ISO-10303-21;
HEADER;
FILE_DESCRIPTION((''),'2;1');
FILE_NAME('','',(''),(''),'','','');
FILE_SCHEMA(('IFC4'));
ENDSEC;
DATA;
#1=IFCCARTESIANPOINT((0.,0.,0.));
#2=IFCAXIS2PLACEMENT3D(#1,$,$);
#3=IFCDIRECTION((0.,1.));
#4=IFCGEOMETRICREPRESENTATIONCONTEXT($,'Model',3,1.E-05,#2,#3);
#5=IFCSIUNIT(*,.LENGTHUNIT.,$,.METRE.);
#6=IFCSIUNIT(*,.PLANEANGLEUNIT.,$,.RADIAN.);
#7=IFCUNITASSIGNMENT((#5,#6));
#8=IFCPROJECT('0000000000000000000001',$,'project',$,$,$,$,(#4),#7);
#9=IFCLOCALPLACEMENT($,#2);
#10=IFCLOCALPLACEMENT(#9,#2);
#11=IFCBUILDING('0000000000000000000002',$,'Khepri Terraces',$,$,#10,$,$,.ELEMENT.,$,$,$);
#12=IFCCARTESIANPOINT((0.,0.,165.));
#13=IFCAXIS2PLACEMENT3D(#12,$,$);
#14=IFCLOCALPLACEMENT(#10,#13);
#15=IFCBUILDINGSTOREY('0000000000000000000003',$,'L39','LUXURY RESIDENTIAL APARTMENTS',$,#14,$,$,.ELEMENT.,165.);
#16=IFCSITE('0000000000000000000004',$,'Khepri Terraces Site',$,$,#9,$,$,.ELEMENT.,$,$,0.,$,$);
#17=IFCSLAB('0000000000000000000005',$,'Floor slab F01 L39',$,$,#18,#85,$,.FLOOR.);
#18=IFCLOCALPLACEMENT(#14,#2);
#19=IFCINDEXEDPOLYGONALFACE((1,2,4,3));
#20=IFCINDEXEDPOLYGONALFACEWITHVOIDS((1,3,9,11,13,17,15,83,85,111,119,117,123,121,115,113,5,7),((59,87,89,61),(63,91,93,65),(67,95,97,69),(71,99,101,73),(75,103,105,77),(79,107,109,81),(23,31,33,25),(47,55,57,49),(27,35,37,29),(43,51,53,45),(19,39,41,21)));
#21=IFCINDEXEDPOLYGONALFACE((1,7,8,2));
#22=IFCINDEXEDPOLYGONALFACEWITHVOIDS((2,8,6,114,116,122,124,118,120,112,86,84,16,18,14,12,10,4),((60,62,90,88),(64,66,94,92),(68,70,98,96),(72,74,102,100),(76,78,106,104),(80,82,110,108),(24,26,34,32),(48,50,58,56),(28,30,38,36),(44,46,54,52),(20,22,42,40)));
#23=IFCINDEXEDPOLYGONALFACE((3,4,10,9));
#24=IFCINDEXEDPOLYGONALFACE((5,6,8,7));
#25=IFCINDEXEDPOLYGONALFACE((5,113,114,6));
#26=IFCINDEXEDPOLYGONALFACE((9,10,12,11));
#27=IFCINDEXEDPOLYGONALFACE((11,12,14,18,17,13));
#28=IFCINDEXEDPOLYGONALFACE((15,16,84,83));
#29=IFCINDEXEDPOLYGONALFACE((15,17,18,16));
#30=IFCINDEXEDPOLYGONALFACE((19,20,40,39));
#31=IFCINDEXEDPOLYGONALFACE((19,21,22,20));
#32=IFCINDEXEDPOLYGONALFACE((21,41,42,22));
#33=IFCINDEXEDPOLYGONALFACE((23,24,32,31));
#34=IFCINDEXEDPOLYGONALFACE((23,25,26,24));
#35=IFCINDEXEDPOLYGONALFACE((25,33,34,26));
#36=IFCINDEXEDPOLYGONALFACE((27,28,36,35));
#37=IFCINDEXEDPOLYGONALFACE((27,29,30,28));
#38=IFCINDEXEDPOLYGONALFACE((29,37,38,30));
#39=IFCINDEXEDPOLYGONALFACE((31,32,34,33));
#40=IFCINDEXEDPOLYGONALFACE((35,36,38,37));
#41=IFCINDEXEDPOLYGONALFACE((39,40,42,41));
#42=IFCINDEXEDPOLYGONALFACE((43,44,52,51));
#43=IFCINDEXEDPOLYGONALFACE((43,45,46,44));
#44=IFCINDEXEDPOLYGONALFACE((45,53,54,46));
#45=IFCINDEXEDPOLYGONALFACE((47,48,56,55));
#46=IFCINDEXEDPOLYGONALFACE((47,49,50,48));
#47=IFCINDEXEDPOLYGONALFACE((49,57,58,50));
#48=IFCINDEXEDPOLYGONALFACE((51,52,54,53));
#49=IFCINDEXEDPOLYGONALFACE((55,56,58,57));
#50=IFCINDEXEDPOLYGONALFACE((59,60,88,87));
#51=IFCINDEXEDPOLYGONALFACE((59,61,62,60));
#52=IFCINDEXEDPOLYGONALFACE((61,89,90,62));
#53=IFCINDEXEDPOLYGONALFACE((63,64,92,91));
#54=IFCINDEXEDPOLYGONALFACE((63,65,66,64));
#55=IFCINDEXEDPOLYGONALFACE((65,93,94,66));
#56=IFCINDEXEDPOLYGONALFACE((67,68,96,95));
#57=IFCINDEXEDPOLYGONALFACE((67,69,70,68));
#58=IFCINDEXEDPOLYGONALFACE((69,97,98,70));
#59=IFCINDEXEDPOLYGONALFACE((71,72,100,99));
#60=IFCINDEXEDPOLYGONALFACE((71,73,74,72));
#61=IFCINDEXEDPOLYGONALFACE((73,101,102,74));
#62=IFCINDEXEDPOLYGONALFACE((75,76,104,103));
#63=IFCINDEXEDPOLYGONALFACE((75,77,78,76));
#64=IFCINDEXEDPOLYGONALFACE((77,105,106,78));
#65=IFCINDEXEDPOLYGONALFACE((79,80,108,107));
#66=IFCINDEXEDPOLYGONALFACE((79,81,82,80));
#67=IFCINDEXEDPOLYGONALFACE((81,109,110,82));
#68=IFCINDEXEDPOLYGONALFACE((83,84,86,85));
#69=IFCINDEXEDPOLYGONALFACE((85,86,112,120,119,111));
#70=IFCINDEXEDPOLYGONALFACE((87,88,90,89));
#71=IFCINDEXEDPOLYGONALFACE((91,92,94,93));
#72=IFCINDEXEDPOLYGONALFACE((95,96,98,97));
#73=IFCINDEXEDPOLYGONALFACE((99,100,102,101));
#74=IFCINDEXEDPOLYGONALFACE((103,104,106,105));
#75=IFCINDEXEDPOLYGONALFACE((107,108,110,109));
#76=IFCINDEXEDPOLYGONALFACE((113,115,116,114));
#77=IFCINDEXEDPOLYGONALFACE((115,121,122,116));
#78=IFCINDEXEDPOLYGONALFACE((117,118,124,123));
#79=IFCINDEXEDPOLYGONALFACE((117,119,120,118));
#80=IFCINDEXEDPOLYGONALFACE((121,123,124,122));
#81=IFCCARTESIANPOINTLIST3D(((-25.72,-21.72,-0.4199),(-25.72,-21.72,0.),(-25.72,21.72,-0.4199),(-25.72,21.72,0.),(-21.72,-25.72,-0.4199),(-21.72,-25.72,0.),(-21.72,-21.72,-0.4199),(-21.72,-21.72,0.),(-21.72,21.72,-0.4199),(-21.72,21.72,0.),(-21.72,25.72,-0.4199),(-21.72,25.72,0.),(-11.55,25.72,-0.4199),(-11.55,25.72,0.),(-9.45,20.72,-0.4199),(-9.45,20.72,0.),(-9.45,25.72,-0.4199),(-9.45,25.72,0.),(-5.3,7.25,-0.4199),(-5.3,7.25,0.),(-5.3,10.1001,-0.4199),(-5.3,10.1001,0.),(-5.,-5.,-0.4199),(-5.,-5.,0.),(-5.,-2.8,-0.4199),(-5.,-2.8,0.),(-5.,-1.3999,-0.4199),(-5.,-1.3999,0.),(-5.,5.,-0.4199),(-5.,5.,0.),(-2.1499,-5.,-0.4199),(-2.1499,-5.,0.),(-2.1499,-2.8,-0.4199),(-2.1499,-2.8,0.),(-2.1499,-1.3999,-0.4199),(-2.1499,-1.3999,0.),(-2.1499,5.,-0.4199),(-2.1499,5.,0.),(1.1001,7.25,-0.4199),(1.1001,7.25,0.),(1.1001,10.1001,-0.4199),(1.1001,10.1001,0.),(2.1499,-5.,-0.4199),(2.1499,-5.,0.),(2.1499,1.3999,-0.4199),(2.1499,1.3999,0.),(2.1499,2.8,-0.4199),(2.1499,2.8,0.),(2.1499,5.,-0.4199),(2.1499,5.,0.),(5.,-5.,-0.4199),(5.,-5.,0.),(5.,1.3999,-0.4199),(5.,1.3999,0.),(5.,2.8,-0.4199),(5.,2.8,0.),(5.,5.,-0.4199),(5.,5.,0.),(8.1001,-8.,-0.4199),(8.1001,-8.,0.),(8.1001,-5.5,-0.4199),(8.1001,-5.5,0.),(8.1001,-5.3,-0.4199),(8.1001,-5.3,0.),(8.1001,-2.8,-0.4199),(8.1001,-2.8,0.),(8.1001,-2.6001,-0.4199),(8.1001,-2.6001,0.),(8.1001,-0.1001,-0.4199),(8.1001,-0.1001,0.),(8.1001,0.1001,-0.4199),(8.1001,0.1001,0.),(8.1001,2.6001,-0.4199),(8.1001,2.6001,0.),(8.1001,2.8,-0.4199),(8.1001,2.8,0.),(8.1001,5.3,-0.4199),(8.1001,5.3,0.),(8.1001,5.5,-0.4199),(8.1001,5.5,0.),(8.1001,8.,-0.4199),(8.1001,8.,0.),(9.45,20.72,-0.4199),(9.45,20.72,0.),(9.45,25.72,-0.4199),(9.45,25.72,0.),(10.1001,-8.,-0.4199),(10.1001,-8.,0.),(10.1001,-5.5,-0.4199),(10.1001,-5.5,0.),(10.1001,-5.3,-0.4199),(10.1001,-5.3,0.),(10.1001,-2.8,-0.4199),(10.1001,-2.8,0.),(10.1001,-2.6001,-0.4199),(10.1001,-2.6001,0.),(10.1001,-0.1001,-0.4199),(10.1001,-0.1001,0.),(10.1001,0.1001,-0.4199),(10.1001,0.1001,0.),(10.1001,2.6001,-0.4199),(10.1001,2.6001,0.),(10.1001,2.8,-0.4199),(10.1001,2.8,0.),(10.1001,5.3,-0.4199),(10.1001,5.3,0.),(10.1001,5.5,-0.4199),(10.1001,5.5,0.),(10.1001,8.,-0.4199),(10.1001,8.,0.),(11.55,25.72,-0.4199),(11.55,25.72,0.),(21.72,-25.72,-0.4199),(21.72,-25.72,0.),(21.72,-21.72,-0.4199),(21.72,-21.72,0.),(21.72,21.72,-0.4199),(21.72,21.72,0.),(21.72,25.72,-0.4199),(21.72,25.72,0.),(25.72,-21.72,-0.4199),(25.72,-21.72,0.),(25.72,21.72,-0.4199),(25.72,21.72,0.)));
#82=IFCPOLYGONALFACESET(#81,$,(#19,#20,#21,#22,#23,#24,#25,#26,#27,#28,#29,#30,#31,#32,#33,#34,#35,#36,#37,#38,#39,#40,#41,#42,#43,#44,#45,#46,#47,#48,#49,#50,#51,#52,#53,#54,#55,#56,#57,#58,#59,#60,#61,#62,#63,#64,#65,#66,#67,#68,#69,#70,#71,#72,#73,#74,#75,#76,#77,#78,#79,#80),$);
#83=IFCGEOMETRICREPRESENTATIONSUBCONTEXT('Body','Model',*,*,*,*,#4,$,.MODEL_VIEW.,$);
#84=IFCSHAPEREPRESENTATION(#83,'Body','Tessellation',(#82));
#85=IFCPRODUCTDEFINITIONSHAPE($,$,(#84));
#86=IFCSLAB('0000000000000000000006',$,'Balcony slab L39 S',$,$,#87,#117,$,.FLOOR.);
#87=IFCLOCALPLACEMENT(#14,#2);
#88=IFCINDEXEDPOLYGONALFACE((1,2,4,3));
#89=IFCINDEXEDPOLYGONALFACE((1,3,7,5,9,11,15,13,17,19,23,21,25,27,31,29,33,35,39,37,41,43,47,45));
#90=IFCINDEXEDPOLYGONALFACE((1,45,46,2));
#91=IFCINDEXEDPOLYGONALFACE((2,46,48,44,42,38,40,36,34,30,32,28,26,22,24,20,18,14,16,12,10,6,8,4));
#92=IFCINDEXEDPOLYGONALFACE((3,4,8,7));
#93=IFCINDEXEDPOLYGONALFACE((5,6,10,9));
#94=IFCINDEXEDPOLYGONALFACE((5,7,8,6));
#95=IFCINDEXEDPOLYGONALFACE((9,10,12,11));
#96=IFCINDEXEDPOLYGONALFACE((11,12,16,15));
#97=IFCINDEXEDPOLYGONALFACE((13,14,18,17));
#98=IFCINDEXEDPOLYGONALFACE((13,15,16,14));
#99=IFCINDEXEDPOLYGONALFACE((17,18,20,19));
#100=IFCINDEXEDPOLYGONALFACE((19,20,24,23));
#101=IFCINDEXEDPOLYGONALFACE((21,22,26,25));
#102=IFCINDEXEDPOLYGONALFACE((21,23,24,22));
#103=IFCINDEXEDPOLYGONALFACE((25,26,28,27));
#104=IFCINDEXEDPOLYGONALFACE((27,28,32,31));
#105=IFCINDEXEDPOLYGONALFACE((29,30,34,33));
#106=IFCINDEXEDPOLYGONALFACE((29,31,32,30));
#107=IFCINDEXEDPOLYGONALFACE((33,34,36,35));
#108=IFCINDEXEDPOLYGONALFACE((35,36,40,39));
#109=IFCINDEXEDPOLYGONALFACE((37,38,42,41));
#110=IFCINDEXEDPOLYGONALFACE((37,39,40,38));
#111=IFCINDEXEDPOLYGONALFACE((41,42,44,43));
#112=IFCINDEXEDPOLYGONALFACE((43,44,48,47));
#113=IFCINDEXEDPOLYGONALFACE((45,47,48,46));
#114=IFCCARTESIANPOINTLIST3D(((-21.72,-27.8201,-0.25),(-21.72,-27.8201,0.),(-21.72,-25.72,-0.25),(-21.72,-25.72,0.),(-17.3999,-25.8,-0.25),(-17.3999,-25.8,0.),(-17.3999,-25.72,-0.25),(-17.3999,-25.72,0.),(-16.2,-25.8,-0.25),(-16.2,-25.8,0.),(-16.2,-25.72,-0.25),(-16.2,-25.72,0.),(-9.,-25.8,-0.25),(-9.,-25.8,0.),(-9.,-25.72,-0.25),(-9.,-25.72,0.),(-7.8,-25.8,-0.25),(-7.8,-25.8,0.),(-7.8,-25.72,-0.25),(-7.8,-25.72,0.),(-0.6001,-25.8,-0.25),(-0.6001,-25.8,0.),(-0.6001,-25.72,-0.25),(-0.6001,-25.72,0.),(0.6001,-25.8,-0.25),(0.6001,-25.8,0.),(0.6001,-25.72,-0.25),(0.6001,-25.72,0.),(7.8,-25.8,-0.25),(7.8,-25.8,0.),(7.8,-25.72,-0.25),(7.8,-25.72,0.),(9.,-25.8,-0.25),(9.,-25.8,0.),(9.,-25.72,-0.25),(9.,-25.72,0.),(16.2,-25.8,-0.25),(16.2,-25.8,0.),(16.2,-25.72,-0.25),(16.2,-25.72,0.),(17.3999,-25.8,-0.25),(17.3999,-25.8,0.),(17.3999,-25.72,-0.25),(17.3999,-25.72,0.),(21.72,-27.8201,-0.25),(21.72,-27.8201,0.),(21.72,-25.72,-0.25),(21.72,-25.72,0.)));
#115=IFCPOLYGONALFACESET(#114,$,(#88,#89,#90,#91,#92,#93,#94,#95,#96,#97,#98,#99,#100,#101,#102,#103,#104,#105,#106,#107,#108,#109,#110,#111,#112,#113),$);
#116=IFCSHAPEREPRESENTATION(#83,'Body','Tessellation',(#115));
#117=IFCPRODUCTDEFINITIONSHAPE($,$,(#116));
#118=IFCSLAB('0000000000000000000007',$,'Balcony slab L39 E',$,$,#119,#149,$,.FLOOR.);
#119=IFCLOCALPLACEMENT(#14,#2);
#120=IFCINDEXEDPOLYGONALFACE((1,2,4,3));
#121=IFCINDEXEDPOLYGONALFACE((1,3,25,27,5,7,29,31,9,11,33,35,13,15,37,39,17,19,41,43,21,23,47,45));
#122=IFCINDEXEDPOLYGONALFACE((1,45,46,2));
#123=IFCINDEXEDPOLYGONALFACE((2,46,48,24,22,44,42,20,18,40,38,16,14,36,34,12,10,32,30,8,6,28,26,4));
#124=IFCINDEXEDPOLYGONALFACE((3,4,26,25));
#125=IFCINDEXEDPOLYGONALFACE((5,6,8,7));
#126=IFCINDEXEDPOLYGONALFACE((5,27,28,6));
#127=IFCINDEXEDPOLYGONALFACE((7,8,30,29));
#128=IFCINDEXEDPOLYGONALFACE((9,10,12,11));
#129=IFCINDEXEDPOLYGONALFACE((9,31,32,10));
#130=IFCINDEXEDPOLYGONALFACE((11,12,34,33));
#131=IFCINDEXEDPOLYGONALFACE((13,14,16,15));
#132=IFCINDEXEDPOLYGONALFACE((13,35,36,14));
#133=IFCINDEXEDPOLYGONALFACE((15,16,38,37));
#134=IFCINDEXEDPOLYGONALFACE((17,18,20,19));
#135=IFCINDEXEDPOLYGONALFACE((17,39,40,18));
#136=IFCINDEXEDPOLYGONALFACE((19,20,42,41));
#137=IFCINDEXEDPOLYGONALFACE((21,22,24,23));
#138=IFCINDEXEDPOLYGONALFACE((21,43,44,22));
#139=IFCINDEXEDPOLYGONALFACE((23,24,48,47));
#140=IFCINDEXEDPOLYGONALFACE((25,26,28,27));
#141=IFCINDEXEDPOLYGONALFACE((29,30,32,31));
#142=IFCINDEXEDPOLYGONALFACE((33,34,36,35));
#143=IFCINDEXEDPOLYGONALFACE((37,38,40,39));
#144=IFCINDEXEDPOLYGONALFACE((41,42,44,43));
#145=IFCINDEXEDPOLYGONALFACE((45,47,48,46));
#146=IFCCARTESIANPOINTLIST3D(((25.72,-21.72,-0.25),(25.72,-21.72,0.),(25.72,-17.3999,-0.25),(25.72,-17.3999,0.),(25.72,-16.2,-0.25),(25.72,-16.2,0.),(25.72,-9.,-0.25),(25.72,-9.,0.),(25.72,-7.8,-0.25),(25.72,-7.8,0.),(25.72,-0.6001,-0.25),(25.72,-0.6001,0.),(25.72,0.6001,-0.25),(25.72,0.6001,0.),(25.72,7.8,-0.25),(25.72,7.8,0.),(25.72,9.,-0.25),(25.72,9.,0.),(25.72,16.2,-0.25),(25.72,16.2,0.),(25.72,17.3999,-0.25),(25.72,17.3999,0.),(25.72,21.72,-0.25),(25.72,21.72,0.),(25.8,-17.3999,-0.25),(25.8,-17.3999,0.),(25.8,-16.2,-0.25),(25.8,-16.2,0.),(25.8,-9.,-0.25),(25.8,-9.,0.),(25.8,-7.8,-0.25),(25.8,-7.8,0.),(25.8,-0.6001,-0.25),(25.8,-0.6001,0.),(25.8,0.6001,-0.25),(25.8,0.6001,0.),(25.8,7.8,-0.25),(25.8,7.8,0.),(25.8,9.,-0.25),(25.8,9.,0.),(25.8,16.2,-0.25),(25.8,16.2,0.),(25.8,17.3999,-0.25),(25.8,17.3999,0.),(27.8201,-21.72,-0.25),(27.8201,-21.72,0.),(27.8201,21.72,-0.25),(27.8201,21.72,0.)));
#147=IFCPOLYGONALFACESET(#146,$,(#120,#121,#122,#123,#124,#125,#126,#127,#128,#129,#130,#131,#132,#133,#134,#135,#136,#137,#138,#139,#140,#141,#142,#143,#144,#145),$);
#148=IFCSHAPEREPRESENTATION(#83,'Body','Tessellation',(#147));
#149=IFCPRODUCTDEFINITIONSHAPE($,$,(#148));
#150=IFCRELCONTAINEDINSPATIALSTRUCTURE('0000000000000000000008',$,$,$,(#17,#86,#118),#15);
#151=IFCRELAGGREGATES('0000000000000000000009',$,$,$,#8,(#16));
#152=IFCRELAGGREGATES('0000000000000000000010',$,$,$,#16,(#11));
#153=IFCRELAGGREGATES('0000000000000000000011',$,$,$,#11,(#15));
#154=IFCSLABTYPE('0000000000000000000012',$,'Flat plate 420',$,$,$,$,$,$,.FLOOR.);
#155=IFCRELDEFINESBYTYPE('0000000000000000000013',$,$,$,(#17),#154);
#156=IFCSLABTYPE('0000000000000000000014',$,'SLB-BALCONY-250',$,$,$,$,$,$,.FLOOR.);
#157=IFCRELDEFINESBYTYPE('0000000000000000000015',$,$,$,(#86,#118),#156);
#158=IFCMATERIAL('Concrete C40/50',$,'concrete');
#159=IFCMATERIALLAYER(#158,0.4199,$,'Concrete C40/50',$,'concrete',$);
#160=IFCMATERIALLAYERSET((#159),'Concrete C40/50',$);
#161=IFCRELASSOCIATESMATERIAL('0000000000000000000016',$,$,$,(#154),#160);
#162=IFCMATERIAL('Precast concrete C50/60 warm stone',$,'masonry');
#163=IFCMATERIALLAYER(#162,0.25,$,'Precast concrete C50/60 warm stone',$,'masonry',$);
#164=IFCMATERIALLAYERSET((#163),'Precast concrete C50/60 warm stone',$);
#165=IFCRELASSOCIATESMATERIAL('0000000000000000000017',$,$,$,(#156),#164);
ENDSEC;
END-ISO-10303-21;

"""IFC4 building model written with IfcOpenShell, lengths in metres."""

from ifc_helpers import new_model, si_unit, direction, frame, origin, place, context, subcontext, project, spatial, polyline, outline, extrude, material, layer, layer_set, type_object, element, save


model = new_model("IFC4")

# Units and contexts
model_context = context("Model", 3, precision=1e-05, world=origin(), true_north=direction((0.0, 1.0)))
body_context = subcontext(model_context, "Body", "Model", "MODEL_VIEW")
ifc_project = project(units=[si_unit("LENGTHUNIT", "METRE"), si_unit("PLANEANGLEUNIT", "RADIAN")], contexts=[model_context])

# Site, building, storey
site_placement = place(None, origin())
site = spatial("IfcSite", under=ifc_project, at=site_placement, Name="Khepri Terraces Site", CompositionType="ELEMENT", RefElevation=0.0)
building_placement = place(site_placement, origin())
building = spatial("IfcBuilding", under=site, at=building_placement, Name="Khepri Terraces", CompositionType="ELEMENT")
storey_placement = place(building_placement, frame((0.0, 0.0, 165.0)))
storey = spatial("IfcBuildingStorey", under=building, at=storey_placement, Name="L39", Description="LUXURY RESIDENTIAL APARTMENTS", CompositionType="ELEMENT", Elevation=165.0)

# Slabs
ifc_material_1 = material(Name="Concrete C40/50", Category="concrete")
ifc_layer_1 = layer(ifc_material_1, 0.4199, Name="Concrete C40/50", Category="concrete")
ifc_layer_set_1 = layer_set([ifc_layer_1], Name="Concrete C40/50")
slab_type_1 = type_object("IfcSlabType", Name="Flat plate 420", PredefinedType="FLOOR", material=ifc_layer_set_1)
slab_1_placement = place(storey_placement, frame((0.0, 0.0, -0.4199)))
element("IfcSlab", 1, at=slab_1_placement, inside=storey, type_object=slab_type_1, Name="Floor slab F01 L39", PredefinedType="FLOOR", context=body_context, shape_type="SweptSolid", body=[
    extrude(outline(polyline([(9.45, 25.72), (11.55, 25.72), (21.72, 25.72), (21.72, 21.72), (25.72, 21.72), (25.72, -21.72), (21.72, -21.72), (21.72, -25.72), (-21.72, -25.72), (-21.72, -21.72), (-25.72, -21.72), (-25.72, 21.72), (-21.72, 21.72), (-21.72, 25.72), (-11.55, 25.72), (-9.45, 25.72), (-9.45, 20.72), (9.45, 20.72), (9.45, 25.72)]), holes=[polyline([(2.1499, 2.8), (5.0, 2.8), (5.0, 5.0), (2.1499, 5.0), (2.1499, 2.8)]), polyline([(-5.0, -2.8), (-5.0, -5.0), (-2.1499, -5.0), (-2.1499, -2.8), (-5.0, -2.8)]), polyline([(10.1001, -5.5), (8.1001, -5.5), (8.1001, -8.0), (10.1001, -8.0), (10.1001, -5.5)]), polyline([(10.1001, -5.3), (10.1001, -2.8), (8.1001, -2.8), (8.1001, -5.3), (10.1001, -5.3)]), polyline([(8.1001, -2.6001), (10.1001, -2.6001), (10.1001, -0.1001), (8.1001, -0.1001), (8.1001, -2.6001)]), polyline([(8.1001, 2.6001), (8.1001, 0.1001), (10.1001, 0.1001), (10.1001, 2.6001), (8.1001, 2.6001)]), polyline([(10.1001, 5.3), (8.1001, 5.3), (8.1001, 2.8), (10.1001, 2.8), (10.1001, 5.3)]), polyline([(10.1001, 5.5), (10.1001, 8.0), (8.1001, 8.0), (8.1001, 5.5), (10.1001, 5.5)]), polyline([(-5.0, -1.3999), (-2.1499, -1.3999), (-2.1499, 5.0), (-5.0, 5.0), (-5.0, -1.3999)]), polyline([(5.0, -5.0), (5.0, 1.3999), (2.1499, 1.3999), (2.1499, -5.0), (5.0, -5.0)]), polyline([(-5.3, 10.1001), (-5.3, 7.25), (1.1001, 7.25), (1.1001, 10.1001), (-5.3, 10.1001)])]), origin(), (0.0, 0.0, 1.0), 0.4199),
])
ifc_material_2 = material(Name="Precast concrete C50/60 warm stone", Category="masonry")
ifc_layer_2 = layer(ifc_material_2, 0.25, Name="Precast concrete C50/60 warm stone", Category="masonry")
ifc_layer_set_2 = layer_set([ifc_layer_2], Name="Precast concrete C50/60 warm stone")
slab_type_2 = type_object("IfcSlabType", Name="SLB-BALCONY-250", PredefinedType="FLOOR", material=ifc_layer_set_2)
slab_2_placement = place(storey_placement, frame((0.0, 0.0, -0.25)))
element("IfcSlab", 2, at=slab_2_placement, inside=storey, type_object=slab_type_2, Name="Balcony slab L39 S", PredefinedType="FLOOR", context=body_context, shape_type="SweptSolid", body=[
    extrude(outline(polyline([(-17.3999, -25.72), (-21.72, -25.72), (-21.72, -27.8201), (21.72, -27.8201), (21.72, -25.72), (17.3999, -25.72), (17.3999, -25.8), (16.2, -25.8), (16.2, -25.72), (9.0, -25.72), (9.0, -25.8), (7.8, -25.8), (7.8, -25.72), (0.6001, -25.72), (0.6001, -25.8), (-0.6001, -25.8), (-0.6001, -25.72), (-7.8, -25.72), (-7.8, -25.8), (-9.0, -25.8), (-9.0, -25.72), (-16.2, -25.72), (-16.2, -25.8), (-17.3999, -25.8), (-17.3999, -25.72)])), origin(), (0.0, 0.0, 1.0), 0.25),
])
slab_3_placement = place(storey_placement, frame((0.0, 0.0, -0.25)))
element("IfcSlab", 3, at=slab_3_placement, inside=storey, type_object=slab_type_2, Name="Balcony slab L39 E", PredefinedType="FLOOR", context=body_context, shape_type="SweptSolid", body=[
    extrude(outline(polyline([(25.72, -17.3999), (25.72, -21.72), (27.8201, -21.72), (27.8201, 21.72), (25.72, 21.72), (25.72, 17.3999), (25.8, 17.3999), (25.8, 16.2), (25.72, 16.2), (25.72, 9.0), (25.8, 9.0), (25.8, 7.8), (25.72, 7.8), (25.72, 0.6001), (25.8, 0.6001), (25.8, -0.6001), (25.72, -0.6001), (25.72, -7.8), (25.8, -7.8), (25.8, -9.0), (25.72, -9.0), (25.72, -16.2), (25.8, -16.2), (25.8, -17.3999), (25.72, -17.3999)])), origin(), (0.0, 0.0, 1.0), 0.25),
])

save(model, "model.ifc")
